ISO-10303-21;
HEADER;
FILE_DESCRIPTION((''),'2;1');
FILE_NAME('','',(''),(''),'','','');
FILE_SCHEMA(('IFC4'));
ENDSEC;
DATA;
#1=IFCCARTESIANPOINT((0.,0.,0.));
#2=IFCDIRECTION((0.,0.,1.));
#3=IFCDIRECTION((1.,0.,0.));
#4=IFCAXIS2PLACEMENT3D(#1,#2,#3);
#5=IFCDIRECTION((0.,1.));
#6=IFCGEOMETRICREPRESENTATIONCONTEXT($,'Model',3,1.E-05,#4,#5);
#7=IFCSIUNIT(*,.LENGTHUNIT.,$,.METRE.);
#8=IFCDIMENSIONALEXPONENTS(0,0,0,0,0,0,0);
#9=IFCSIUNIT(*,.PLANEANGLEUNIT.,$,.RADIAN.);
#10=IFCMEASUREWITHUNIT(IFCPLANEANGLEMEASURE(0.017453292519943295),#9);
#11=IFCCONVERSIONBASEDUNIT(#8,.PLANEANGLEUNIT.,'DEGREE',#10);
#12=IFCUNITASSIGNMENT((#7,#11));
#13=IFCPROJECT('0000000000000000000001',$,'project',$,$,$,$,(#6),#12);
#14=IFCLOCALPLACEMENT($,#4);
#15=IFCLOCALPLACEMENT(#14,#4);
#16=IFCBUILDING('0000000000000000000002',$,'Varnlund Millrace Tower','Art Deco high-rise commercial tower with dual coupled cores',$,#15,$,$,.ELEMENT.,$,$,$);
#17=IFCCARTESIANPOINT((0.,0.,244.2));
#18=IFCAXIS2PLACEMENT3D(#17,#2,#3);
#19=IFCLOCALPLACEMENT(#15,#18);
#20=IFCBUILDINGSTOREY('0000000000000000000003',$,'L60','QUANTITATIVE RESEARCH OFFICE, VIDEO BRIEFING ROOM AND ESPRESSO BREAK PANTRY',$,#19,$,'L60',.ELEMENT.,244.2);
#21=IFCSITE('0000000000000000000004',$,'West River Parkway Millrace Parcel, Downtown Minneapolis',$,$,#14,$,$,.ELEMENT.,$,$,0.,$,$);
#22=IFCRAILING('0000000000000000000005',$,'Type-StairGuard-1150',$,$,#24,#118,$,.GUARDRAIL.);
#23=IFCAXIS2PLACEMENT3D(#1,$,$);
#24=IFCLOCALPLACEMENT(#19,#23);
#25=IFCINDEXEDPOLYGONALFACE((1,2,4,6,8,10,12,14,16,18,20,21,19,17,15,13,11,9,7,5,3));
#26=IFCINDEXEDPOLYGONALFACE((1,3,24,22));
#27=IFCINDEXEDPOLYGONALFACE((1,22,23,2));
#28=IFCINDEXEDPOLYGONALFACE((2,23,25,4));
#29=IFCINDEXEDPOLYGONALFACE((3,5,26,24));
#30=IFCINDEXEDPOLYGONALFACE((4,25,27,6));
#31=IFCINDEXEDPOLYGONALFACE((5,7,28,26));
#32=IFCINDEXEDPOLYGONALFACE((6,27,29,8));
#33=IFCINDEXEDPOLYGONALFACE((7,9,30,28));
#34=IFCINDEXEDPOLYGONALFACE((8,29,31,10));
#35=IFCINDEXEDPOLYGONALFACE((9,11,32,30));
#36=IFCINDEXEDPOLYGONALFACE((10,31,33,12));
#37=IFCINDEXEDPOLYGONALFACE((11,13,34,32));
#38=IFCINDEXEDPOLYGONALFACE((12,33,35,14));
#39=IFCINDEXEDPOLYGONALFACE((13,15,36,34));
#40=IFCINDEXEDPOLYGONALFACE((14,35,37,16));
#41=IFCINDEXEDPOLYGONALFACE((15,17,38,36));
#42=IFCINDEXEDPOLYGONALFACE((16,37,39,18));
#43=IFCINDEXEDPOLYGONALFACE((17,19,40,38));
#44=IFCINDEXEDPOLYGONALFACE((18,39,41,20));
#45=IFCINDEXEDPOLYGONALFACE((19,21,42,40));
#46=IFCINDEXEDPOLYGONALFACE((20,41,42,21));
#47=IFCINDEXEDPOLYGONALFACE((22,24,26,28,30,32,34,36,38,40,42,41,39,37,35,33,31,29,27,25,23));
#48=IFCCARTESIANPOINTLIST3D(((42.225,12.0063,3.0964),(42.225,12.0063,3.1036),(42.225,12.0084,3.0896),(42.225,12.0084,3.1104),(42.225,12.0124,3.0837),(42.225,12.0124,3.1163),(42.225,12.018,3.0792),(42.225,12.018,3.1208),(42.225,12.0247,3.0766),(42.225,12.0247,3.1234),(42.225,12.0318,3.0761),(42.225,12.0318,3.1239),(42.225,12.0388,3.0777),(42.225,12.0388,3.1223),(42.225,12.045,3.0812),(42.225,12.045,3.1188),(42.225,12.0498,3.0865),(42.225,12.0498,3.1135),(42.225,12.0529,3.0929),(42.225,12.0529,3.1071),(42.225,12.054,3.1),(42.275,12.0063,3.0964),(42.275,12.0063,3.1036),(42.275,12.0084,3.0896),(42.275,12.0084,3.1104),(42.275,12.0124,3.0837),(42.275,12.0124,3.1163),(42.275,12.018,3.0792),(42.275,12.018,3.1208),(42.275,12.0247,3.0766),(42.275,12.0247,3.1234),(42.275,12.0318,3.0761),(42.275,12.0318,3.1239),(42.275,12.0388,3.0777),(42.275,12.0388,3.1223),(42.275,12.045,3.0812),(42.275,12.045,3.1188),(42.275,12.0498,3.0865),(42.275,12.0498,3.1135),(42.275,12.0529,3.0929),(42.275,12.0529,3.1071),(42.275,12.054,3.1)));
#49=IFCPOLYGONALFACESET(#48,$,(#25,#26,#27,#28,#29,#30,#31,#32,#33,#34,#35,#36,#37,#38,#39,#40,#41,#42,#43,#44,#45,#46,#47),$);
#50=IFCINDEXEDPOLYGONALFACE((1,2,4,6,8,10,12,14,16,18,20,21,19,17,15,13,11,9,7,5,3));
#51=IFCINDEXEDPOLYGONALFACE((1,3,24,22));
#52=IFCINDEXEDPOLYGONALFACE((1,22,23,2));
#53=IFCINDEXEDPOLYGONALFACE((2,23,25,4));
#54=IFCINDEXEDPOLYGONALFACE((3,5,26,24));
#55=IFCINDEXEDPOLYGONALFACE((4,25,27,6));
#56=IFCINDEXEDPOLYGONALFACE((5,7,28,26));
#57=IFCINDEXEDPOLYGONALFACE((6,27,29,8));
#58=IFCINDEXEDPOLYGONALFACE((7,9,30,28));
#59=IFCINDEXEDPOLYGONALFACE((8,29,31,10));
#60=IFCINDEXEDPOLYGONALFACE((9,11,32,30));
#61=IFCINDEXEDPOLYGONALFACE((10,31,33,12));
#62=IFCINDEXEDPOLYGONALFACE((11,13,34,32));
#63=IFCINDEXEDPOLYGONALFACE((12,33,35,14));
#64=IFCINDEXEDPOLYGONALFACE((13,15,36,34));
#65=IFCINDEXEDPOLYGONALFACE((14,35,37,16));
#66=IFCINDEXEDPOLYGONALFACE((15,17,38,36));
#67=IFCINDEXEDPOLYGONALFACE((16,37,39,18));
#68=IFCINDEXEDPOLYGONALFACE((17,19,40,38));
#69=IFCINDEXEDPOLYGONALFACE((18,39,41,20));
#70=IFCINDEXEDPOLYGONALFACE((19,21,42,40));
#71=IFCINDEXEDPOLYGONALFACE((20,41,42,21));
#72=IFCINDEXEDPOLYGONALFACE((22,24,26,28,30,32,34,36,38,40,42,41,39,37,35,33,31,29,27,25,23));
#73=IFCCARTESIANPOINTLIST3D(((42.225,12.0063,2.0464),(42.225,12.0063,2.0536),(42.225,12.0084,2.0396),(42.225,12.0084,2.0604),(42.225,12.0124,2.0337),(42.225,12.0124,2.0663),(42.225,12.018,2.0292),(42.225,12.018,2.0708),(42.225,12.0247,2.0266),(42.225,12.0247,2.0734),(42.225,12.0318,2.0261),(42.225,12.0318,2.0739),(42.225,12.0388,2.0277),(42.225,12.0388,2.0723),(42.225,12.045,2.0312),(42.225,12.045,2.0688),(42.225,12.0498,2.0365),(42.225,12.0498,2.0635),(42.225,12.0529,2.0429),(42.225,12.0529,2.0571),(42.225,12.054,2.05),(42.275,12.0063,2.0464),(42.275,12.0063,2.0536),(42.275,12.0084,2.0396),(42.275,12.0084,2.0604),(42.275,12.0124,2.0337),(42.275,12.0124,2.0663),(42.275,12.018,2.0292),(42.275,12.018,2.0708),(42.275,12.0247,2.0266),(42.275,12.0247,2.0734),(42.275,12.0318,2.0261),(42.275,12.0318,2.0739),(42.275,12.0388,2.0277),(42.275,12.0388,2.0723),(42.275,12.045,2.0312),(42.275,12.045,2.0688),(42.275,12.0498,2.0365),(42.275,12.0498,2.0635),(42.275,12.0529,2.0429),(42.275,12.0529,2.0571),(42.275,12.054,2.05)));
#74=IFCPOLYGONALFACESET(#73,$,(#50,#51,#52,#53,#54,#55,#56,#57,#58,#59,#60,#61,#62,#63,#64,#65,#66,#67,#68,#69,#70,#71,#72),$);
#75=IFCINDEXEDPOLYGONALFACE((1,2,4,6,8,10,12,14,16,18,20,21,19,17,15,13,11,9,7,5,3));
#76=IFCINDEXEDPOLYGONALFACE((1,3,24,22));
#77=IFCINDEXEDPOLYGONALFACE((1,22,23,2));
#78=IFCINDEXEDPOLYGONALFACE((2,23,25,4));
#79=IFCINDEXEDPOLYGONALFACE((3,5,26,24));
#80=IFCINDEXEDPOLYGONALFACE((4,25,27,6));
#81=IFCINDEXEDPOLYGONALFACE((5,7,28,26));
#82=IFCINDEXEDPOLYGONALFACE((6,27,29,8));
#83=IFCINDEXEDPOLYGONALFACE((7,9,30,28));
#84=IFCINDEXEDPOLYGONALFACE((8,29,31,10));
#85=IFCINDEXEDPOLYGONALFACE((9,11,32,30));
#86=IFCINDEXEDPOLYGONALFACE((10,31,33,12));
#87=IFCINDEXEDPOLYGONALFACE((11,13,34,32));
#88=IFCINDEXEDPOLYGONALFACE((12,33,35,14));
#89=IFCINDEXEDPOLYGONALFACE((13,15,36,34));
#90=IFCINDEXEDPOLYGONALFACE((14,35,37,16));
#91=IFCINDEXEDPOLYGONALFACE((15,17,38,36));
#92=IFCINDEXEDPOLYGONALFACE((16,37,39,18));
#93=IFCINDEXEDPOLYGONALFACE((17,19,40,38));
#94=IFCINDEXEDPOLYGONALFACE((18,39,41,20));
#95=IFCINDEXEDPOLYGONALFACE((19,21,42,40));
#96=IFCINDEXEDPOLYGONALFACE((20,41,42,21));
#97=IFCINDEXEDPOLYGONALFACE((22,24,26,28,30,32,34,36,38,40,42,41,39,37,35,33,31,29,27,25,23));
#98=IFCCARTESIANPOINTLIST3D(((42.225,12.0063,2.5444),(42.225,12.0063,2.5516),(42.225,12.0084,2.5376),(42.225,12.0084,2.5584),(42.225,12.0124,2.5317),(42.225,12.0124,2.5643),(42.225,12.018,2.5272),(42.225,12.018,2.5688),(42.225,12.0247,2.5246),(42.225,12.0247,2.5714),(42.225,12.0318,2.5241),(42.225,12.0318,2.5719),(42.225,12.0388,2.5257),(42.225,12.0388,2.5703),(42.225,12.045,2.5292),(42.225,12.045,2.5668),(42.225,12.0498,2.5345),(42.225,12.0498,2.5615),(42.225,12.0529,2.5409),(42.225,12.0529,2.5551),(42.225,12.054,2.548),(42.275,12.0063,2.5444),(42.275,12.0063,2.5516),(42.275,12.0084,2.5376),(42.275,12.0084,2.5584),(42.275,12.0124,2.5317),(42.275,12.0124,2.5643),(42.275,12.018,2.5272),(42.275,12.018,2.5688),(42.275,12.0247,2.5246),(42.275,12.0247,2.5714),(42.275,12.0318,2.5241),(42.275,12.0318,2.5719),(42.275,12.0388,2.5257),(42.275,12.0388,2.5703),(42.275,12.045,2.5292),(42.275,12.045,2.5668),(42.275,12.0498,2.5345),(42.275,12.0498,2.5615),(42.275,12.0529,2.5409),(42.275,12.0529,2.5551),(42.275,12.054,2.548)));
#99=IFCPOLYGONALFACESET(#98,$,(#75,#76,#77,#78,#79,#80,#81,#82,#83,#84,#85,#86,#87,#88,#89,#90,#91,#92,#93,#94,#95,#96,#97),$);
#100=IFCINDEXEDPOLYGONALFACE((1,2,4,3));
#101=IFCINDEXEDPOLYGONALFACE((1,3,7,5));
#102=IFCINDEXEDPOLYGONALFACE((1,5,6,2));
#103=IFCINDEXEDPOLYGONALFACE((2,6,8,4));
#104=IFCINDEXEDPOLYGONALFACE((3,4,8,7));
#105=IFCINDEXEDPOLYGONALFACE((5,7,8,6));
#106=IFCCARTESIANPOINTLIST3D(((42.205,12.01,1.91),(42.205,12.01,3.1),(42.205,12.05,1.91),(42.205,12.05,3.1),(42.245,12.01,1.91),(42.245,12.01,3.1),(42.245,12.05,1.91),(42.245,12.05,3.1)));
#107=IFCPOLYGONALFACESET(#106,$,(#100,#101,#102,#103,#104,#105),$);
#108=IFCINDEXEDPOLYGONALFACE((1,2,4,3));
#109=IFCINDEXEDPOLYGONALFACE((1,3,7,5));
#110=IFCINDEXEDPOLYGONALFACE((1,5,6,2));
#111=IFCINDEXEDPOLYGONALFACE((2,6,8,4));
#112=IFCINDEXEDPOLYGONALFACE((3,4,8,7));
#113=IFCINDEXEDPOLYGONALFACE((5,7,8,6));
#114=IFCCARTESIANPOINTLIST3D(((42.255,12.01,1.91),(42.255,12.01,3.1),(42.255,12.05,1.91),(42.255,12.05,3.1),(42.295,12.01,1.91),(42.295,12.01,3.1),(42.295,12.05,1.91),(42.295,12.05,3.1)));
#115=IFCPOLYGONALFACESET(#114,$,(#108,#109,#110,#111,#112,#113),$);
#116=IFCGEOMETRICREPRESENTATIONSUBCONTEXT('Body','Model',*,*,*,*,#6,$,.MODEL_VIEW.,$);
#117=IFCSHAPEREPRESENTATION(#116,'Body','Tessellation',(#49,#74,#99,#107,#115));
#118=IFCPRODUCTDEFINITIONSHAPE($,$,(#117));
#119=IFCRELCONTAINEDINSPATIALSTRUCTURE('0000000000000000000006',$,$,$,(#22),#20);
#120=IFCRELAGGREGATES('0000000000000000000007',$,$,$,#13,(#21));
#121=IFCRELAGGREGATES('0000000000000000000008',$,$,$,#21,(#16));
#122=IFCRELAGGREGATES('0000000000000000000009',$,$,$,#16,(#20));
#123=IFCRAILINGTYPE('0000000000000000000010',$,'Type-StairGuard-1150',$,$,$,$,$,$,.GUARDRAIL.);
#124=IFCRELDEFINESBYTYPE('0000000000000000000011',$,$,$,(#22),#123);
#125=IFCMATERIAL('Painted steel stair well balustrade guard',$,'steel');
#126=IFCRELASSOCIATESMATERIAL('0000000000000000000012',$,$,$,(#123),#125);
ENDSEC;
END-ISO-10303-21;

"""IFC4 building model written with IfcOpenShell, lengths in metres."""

from ifc_helpers import new_model, entity, si_unit, converted_unit, direction, frame, origin_with_axes, origin_2d_with_axis, place, context, subcontext, project, spatial, rectangle, circle, extrude, material, type_object, element, save


model = new_model("IFC4")

# Units and contexts
model_context = context("Model", 3, precision=1e-05, world=origin_with_axes(), true_north=direction((0.0, 1.0)))
body_context = subcontext(model_context, "Body", "Model", "MODEL_VIEW")
ifc_project = project(units=[si_unit("LENGTHUNIT", "METRE"), converted_unit("PLANEANGLEUNIT", "DEGREE", entity("IfcPlaneAngleMeasure", 0.017453292519943295), si_unit("PLANEANGLEUNIT", "RADIAN"), dimensions=[0, 0, 0, 0, 0, 0, 0])], contexts=[model_context])

# Site, building, storey
site_placement = place(None, origin_with_axes())
site = spatial("IfcSite", under=ifc_project, at=site_placement, Name="West River Parkway Millrace Parcel, Downtown Minneapolis", CompositionType="ELEMENT", RefElevation=0.0)
building_placement = place(site_placement, origin_with_axes())
building = spatial("IfcBuilding", under=site, at=building_placement, Name="Varnlund Millrace Tower", Description="Art Deco high-rise commercial tower with dual coupled cores", CompositionType="ELEMENT")
storey_placement = place(building_placement, frame((0.0, 0.0, 244.2), z_axis=(0.0, 0.0, 1.0), x_axis=(1.0, 0.0, 0.0)))
storey = spatial("IfcBuildingStorey", under=building, at=storey_placement, Name="L60", Description="QUANTITATIVE RESEARCH OFFICE, VIDEO BRIEFING ROOM AND ESPRESSO BREAK PANTRY", LongName="L60", CompositionType="ELEMENT", Elevation=244.2)

# Railing
ifc_material_1 = material(Name="Painted steel stair well balustrade guard", Category="steel")
railing_type_1 = type_object("IfcRailingType", Name="Type-StairGuard-1150", PredefinedType="GUARDRAIL", material=ifc_material_1)
railing_1_placement = place(storey_placement, frame((0.0, 0.0, -244.2), z_axis=(0.0, 0.0, 1.0), x_axis=(1.0, 0.0, 0.0)))
element("IfcRailing", 1, at=railing_1_placement, inside=storey, type_object=railing_type_1, Name="Type-StairGuard-1150", PredefinedType="GUARDRAIL", context=body_context, shape_type="SweptSolid", body=[
    extrude(circle(Radius=0.024, at=origin_2d_with_axis()), frame((42.225, 12.03, 247.3), z_axis=(1.0, 0.0, 0.0), x_axis=(0.0, 1.0, 0.0)), (0.0, 0.0, 1.0), 0.05),
    extrude(circle(Radius=0.024, at=origin_2d_with_axis()), frame((42.225, 12.03, 246.25), z_axis=(1.0, 0.0, 0.0), x_axis=(0.0, 1.0, 0.0)), (0.0, 0.0, 1.0), 0.05),
    extrude(circle(Radius=0.024, at=origin_2d_with_axis()), frame((42.225, 12.03, 246.748), z_axis=(1.0, 0.0, 0.0), x_axis=(0.0, 1.0, 0.0)), (0.0, 0.0, 1.0), 0.05),
    extrude(rectangle(XDim=0.04, YDim=0.04, at=origin_2d_with_axis()), frame((42.225, 12.03, 246.11), z_axis=(0.0, 0.0, 1.0), x_axis=(1.0, 0.0, 0.0)), (0.0, 0.0, 1.0), 1.19),
    extrude(rectangle(XDim=0.04, YDim=0.04, at=origin_2d_with_axis()), frame((42.275, 12.03, 246.11), z_axis=(0.0, 0.0, 1.0), x_axis=(1.0, 0.0, 0.0)), (0.0, 0.0, 1.0), 1.19),
])

save(model, "model.ifc")
